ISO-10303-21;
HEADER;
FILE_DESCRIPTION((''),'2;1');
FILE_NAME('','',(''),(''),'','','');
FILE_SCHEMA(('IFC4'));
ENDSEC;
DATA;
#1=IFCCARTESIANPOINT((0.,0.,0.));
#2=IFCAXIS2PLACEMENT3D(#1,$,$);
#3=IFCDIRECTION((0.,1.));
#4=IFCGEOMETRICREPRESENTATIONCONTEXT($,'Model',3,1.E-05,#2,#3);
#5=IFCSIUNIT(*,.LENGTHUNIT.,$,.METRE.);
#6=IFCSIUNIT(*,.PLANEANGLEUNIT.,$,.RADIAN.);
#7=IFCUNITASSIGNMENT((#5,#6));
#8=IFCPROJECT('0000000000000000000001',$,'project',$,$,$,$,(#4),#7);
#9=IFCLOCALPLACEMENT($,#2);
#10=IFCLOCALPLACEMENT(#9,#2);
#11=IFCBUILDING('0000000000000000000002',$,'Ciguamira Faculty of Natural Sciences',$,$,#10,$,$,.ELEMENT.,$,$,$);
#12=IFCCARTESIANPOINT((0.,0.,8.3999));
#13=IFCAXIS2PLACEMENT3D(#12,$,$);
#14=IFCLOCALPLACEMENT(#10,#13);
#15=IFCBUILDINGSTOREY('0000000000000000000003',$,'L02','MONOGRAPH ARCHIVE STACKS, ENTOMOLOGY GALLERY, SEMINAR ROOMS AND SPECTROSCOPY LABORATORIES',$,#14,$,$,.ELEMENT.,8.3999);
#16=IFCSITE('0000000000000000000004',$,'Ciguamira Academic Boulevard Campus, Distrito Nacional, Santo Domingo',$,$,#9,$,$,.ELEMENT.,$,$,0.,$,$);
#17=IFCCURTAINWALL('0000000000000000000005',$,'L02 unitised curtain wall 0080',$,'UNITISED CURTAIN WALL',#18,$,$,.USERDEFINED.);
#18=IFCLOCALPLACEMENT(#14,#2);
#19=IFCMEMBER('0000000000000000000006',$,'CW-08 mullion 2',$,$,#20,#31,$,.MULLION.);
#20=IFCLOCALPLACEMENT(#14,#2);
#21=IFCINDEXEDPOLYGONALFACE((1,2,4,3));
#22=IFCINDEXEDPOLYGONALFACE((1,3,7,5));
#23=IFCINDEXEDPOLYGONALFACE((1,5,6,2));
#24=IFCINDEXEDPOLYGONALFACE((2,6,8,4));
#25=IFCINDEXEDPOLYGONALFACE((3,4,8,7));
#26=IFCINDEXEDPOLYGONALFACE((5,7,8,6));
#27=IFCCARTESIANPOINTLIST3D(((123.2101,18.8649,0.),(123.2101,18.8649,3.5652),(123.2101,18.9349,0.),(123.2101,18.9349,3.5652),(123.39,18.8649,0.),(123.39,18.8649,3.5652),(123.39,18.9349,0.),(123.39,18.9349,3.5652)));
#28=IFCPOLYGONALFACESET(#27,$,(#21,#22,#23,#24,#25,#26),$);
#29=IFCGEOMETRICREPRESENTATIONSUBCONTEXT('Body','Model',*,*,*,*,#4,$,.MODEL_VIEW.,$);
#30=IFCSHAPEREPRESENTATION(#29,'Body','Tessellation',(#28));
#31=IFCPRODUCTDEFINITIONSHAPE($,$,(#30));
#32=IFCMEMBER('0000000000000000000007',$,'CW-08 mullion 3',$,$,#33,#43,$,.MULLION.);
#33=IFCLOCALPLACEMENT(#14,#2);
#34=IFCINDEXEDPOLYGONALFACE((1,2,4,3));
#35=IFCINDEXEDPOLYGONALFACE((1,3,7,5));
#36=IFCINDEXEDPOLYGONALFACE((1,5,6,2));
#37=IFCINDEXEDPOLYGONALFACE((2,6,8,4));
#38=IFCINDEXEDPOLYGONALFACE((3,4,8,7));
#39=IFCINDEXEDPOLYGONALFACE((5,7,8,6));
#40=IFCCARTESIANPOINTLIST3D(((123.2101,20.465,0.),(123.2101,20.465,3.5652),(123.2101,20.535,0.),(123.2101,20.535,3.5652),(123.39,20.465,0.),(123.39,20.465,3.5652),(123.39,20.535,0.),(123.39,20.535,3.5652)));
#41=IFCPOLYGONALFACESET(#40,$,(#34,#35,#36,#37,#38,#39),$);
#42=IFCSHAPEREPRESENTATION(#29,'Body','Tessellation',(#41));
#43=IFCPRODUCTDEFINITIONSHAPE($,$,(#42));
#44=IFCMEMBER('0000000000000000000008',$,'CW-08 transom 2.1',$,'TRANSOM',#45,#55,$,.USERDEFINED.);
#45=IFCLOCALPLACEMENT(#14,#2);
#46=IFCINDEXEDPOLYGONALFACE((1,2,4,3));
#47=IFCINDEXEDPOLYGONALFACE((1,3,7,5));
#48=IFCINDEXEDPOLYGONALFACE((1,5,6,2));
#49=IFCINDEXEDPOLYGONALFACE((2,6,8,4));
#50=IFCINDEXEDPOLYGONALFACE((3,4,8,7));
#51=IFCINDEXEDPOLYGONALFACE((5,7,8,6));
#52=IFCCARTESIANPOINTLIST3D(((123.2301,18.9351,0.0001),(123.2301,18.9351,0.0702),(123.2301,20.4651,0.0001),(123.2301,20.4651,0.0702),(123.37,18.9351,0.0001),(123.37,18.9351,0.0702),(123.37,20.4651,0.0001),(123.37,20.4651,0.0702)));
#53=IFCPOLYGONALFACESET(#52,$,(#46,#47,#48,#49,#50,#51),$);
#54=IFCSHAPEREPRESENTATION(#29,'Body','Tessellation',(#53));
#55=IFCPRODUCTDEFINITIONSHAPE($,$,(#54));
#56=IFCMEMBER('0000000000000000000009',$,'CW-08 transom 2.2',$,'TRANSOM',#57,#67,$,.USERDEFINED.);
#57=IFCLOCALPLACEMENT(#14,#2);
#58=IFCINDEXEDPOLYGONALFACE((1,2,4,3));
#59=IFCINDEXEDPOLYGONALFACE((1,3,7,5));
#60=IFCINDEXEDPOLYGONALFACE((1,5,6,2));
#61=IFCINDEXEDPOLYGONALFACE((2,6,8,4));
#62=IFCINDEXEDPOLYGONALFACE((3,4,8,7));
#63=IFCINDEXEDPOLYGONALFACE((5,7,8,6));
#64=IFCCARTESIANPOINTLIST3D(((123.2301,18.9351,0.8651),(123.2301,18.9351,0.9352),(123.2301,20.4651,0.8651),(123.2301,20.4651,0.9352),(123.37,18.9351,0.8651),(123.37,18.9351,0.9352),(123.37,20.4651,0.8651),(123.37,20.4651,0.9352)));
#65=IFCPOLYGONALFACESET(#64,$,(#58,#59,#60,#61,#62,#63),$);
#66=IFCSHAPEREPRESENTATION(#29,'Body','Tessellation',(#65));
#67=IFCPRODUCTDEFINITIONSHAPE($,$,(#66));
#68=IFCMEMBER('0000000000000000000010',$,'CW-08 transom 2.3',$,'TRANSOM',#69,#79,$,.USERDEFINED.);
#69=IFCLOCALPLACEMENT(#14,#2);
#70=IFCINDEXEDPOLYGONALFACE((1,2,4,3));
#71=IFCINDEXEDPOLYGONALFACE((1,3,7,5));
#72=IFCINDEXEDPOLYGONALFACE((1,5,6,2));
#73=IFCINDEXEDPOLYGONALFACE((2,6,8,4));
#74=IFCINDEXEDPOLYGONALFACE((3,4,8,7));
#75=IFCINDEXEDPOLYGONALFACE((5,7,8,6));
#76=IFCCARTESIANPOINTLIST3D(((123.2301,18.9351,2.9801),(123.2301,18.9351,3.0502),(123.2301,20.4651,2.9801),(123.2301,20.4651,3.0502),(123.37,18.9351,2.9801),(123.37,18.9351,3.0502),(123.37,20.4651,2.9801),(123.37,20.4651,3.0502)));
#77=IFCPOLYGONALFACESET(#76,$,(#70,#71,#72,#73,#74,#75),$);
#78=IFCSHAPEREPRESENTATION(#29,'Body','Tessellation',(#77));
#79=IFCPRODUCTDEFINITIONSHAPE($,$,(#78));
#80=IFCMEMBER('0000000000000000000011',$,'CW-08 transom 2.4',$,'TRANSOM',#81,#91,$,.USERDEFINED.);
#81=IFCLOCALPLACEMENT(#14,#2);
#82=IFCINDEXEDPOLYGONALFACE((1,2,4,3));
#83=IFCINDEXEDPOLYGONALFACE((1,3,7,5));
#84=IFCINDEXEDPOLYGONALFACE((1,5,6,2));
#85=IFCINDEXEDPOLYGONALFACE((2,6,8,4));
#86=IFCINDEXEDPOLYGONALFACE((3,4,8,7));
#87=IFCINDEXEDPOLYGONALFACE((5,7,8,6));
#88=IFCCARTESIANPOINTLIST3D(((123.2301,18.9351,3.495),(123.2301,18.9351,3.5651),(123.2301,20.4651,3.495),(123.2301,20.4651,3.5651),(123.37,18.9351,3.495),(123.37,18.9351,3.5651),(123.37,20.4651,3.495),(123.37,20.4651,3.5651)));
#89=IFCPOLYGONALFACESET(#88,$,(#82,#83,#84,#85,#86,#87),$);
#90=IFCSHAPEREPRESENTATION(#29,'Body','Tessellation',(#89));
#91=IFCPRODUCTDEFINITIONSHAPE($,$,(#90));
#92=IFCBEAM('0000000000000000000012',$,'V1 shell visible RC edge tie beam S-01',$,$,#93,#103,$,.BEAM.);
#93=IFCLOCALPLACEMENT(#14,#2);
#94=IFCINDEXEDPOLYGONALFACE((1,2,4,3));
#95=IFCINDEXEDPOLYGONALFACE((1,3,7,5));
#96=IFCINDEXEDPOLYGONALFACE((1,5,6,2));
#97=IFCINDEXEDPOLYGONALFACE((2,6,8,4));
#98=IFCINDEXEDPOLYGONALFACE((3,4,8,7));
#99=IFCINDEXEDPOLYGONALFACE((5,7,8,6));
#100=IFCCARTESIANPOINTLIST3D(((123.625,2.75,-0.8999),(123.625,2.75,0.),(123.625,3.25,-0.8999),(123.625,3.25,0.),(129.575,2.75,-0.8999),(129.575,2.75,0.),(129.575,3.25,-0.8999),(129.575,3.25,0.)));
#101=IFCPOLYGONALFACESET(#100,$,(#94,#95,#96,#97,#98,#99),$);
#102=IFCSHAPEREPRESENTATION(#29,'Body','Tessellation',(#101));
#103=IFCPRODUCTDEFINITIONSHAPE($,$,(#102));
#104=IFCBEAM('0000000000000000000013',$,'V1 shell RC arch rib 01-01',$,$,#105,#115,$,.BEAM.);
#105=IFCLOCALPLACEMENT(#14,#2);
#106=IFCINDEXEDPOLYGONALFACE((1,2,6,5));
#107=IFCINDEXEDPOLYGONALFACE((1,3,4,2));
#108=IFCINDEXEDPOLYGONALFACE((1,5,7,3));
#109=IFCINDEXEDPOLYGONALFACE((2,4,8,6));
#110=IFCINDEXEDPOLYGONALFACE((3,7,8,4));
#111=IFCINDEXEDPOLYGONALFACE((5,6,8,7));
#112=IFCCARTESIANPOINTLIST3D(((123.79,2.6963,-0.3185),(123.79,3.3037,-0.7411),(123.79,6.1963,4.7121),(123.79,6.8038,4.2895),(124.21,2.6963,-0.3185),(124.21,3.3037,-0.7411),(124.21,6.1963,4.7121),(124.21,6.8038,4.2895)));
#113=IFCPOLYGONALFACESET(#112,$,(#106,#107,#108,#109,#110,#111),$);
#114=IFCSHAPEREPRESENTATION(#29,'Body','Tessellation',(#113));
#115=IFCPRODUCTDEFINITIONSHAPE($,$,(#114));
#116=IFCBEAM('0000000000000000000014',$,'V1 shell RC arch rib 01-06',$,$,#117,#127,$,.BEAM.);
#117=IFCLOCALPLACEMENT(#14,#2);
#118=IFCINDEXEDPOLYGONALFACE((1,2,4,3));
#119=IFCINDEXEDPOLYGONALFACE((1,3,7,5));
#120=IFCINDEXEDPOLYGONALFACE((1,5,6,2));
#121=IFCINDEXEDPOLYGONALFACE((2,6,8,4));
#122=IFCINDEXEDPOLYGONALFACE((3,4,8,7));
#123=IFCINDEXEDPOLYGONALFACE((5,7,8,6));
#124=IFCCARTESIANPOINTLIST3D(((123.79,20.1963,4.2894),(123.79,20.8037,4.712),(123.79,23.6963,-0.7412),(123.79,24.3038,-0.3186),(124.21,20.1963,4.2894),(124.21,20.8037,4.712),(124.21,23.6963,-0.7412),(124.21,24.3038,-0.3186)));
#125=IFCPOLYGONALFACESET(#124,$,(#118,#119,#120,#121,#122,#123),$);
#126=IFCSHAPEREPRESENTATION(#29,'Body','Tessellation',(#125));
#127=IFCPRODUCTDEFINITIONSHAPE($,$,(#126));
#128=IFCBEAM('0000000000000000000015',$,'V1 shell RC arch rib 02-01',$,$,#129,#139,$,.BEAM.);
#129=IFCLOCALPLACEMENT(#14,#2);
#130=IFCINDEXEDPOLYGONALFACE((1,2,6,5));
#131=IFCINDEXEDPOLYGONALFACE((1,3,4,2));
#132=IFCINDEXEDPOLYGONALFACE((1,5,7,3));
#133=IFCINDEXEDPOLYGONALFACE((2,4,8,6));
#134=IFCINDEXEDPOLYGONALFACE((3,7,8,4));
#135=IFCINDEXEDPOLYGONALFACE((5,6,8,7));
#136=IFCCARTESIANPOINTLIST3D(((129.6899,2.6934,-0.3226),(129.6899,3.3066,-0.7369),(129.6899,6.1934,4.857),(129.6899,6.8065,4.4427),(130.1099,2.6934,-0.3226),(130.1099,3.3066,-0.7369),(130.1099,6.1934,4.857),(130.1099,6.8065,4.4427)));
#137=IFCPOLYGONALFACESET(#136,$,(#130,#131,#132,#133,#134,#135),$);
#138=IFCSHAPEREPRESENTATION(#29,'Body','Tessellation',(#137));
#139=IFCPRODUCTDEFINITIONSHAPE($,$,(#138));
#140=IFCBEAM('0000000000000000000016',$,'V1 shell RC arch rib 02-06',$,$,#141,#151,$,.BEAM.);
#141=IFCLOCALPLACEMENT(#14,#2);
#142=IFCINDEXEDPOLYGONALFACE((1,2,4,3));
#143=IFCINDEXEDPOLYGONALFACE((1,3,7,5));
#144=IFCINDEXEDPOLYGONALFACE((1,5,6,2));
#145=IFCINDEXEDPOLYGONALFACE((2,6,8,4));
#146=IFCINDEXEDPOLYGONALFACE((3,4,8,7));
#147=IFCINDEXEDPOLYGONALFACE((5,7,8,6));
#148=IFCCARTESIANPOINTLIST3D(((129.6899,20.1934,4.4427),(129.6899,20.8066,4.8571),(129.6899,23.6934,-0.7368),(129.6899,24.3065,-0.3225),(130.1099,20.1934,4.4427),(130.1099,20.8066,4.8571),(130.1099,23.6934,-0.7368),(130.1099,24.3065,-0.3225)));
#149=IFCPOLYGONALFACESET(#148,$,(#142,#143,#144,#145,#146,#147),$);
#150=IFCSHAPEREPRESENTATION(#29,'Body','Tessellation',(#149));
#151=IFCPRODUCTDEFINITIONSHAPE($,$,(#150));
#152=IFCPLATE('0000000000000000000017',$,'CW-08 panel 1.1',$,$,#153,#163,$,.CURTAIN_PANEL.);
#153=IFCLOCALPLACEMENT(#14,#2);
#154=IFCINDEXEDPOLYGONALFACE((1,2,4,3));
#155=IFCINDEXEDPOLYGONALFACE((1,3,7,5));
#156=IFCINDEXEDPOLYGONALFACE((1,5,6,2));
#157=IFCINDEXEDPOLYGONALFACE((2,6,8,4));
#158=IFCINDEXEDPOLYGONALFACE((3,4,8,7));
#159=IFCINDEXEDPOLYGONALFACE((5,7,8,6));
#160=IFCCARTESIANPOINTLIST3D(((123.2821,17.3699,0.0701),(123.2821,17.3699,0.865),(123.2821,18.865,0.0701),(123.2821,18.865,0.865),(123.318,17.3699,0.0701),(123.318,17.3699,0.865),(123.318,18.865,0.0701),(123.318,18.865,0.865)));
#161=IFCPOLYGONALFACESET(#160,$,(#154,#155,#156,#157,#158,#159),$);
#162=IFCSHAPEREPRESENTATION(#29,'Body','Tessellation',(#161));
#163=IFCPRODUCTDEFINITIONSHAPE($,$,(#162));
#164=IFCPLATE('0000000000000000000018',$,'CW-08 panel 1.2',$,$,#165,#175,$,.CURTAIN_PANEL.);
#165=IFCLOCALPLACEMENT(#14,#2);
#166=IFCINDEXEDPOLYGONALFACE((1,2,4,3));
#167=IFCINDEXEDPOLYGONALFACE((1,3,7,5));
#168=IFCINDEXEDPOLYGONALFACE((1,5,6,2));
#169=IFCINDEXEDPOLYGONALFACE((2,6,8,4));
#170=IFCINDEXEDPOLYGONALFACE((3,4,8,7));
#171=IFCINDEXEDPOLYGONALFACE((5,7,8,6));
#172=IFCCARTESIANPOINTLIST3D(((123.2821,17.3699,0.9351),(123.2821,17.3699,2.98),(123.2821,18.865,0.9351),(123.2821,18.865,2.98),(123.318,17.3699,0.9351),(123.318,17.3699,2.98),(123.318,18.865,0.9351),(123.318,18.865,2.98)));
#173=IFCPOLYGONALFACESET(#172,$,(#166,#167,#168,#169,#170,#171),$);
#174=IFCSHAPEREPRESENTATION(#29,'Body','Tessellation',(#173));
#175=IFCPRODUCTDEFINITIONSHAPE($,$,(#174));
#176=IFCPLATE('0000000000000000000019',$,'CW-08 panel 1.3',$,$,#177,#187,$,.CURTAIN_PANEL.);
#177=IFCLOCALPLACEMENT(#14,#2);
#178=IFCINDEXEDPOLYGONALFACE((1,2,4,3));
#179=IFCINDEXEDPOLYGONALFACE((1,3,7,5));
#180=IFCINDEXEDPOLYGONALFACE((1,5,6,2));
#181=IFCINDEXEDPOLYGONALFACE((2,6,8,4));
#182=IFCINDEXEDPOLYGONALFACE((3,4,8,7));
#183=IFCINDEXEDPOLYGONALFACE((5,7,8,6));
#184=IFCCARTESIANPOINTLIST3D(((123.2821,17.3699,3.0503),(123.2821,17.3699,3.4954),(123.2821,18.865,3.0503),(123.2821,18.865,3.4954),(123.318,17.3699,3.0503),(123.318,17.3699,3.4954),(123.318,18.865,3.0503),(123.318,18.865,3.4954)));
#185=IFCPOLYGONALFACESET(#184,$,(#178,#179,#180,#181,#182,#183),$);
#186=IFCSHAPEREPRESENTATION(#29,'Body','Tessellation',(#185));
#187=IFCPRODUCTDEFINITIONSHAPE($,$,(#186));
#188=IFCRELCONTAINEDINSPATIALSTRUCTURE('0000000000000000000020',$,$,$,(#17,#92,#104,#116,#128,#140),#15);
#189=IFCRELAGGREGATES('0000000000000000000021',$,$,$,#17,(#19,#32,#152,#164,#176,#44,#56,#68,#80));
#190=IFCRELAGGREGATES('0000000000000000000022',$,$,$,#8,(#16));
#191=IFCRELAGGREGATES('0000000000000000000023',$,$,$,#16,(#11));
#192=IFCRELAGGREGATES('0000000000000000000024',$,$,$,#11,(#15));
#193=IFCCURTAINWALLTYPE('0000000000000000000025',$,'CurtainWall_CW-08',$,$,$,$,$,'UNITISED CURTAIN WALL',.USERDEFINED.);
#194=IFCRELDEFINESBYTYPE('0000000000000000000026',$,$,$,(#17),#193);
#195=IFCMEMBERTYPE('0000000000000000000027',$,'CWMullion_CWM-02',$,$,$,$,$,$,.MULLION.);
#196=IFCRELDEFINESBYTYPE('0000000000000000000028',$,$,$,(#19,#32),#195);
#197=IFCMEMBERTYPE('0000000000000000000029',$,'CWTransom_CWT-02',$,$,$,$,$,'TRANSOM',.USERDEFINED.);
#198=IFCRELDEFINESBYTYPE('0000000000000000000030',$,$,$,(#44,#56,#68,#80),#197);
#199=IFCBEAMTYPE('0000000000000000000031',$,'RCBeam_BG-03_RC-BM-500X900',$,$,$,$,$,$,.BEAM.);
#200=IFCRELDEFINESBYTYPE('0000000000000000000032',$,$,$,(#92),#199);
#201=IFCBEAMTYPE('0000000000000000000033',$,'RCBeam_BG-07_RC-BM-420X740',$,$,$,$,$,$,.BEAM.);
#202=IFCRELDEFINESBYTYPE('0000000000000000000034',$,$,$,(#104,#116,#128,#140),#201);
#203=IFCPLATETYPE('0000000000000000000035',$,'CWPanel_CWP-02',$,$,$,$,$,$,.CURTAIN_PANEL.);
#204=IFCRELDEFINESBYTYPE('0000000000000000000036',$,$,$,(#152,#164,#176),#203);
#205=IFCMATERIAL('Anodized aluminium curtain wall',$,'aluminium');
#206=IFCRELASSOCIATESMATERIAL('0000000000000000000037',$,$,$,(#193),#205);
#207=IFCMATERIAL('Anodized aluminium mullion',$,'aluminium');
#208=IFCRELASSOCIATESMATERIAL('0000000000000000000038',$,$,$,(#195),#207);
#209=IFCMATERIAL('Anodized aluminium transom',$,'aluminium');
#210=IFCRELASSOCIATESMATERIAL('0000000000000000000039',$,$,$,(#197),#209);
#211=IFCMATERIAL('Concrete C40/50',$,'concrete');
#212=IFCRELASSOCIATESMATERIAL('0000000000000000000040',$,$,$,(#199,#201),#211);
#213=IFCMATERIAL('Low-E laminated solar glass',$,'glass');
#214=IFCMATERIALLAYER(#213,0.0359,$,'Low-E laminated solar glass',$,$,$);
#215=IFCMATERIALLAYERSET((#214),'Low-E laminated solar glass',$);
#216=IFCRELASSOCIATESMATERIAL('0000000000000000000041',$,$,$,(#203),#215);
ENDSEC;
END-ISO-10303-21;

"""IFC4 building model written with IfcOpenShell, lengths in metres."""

from ifc_helpers import new_model, si_unit, direction, frame, origin, origin_2d, place, context, subcontext, project, spatial, rectangle, extrude, material, layer, layer_set, material_profile, profile_set, type_object, element, aggregate, save


model = new_model("IFC4")

# Units and contexts
model_context = context("Model", 3, precision=1e-05, world=origin(), true_north=direction((0.0, 1.0)))
body_context = subcontext(model_context, "Body", "Model", "MODEL_VIEW")
ifc_project = project(units=[si_unit("LENGTHUNIT", "METRE"), si_unit("PLANEANGLEUNIT", "RADIAN")], contexts=[model_context])

# Site, building, storey
site_placement = place(None, origin())
site = spatial("IfcSite", under=ifc_project, at=site_placement, Name="Ciguamira Academic Boulevard Campus, Distrito Nacional, Santo Domingo", CompositionType="ELEMENT", RefElevation=0.0)
building_placement = place(site_placement, origin())
building = spatial("IfcBuilding", under=site, at=building_placement, Name="Ciguamira Faculty of Natural Sciences", CompositionType="ELEMENT")
storey_placement = place(building_placement, frame((0.0, 0.0, 8.3999)))
storey = spatial("IfcBuildingStorey", under=building, at=storey_placement, Name="L02", Description="MONOGRAPH ARCHIVE STACKS, ENTOMOLOGY GALLERY, SEMINAR ROOMS AND SPECTROSCOPY LABORATORIES", CompositionType="ELEMENT", Elevation=8.3999)

# Curtain wall, members
ifc_material_1 = material(Name="Anodized aluminium curtain wall", Category="aluminium")
curtain_wall_type = type_object("IfcCurtainWallType", Name="CurtainWall_CW-08", ElementType="UNITISED CURTAIN WALL", PredefinedType="USERDEFINED", material=ifc_material_1)
curtain_wall_placement = place(storey_placement, origin())
curtain_wall = element("IfcCurtainWall", 1, at=curtain_wall_placement, inside=storey, type_object=curtain_wall_type, Name="L02 unitised curtain wall 0080", ObjectType="UNITISED CURTAIN WALL", PredefinedType="USERDEFINED")
ifc_material_2 = material(Name="Anodized aluminium mullion", Category="aluminium")
ifc_material_profile_1 = material_profile(ifc_material_2, rectangle(XDim=0.0701, YDim=0.1799, at=origin_2d()), Name="ALU-MUL-70X180")
ifc_profile_set_1 = profile_set([ifc_material_profile_1], Name="Anodized aluminium mullion")
member_type_1 = type_object("IfcMemberType", Name="CWMullion_CWM-02", PredefinedType="MULLION", material=ifc_profile_set_1)
member_1_placement = place(storey_placement, frame((123.3, 18.8999, 0.0), z_axis=(0.0, 0.0, 1.0), x_axis=(0.0, 1.0, 0.0)))
member_1 = element("IfcMember", 2, at=member_1_placement, type_object=member_type_1, Name="CW-08 mullion 2", PredefinedType="MULLION", context=body_context, shape_type="SweptSolid", body=[
    extrude(rectangle(XDim=0.0701, YDim=0.1799, at=origin_2d()), origin(), (0.0, 0.0, 1.0), 3.5652),
])
member_2_placement = place(storey_placement, frame((123.3, 20.5, 0.0), z_axis=(0.0, 0.0, 1.0), x_axis=(0.0, 1.0, 0.0)))
member_2 = element("IfcMember", 3, at=member_2_placement, type_object=member_type_1, Name="CW-08 mullion 3", PredefinedType="MULLION", context=body_context, shape_type="SweptSolid", body=[
    extrude(rectangle(XDim=0.0701, YDim=0.1799, at=origin_2d()), origin(), (0.0, 0.0, 1.0), 3.5652),
])
ifc_material_3 = material(Name="Anodized aluminium transom", Category="aluminium")
ifc_material_profile_2 = material_profile(ifc_material_3, rectangle(XDim=0.0701, YDim=0.1399, at=origin_2d()), Name="ALU-TRN-70X140")
ifc_profile_set_2 = profile_set([ifc_material_profile_2], Name="Anodized aluminium transom")
member_type_2 = type_object("IfcMemberType", Name="CWTransom_CWT-02", ElementType="TRANSOM", PredefinedType="USERDEFINED", material=ifc_profile_set_2)
member_3_placement = place(storey_placement, frame((123.3, 18.9351, 0.0352), z_axis=(0.0, 1.0, 0.0), x_axis=(0.0, 0.0, 1.0)))
member_3 = element("IfcMember", 4, at=member_3_placement, type_object=member_type_2, Name="CW-08 transom 2.1", ObjectType="TRANSOM", PredefinedType="USERDEFINED", context=body_context, shape_type="SweptSolid", body=[
    extrude(rectangle(XDim=0.0701, YDim=0.1399, at=origin_2d()), origin(), (0.0, 0.0, 1.0), 1.53),
])
member_4_placement = place(storey_placement, frame((123.3, 18.9351, 0.9001), z_axis=(0.0, 1.0, 0.0), x_axis=(0.0, 0.0, 1.0)))
member_4 = element("IfcMember", 5, at=member_4_placement, type_object=member_type_2, Name="CW-08 transom 2.2", ObjectType="TRANSOM", PredefinedType="USERDEFINED", context=body_context, shape_type="SweptSolid", body=[
    extrude(rectangle(XDim=0.0701, YDim=0.1399, at=origin_2d()), origin(), (0.0, 0.0, 1.0), 1.53),
])
member_5_placement = place(storey_placement, frame((123.3, 18.9351, 3.0151), z_axis=(0.0, 1.0, 0.0), x_axis=(0.0, 0.0, 1.0)))
member_5 = element("IfcMember", 6, at=member_5_placement, type_object=member_type_2, Name="CW-08 transom 2.3", ObjectType="TRANSOM", PredefinedType="USERDEFINED", context=body_context, shape_type="SweptSolid", body=[
    extrude(rectangle(XDim=0.0701, YDim=0.1399, at=origin_2d()), origin(), (0.0, 0.0, 1.0), 1.53),
])
member_6_placement = place(storey_placement, frame((123.3, 18.9351, 3.53), z_axis=(0.0, 1.0, 0.0), x_axis=(0.0, 0.0, 1.0)))
member_6 = element("IfcMember", 7, at=member_6_placement, type_object=member_type_2, Name="CW-08 transom 2.4", ObjectType="TRANSOM", PredefinedType="USERDEFINED", context=body_context, shape_type="SweptSolid", body=[
    extrude(rectangle(XDim=0.0701, YDim=0.1399, at=origin_2d()), origin(), (0.0, 0.0, 1.0), 1.53),
])

# Beams
ifc_material_4 = material(Name="Concrete C40/50", Category="concrete")
ifc_material_profile_3 = material_profile(ifc_material_4, rectangle(XDim=0.5, YDim=0.8999, at=origin_2d()), Name="RC-BM-500X900")
ifc_profile_set_3 = profile_set([ifc_material_profile_3], Name="Concrete C40/50")
beam_type_1 = type_object("IfcBeamType", Name="RCBeam_BG-03_RC-BM-500X900", PredefinedType="BEAM", material=ifc_profile_set_3)
beam_placement = place(storey_placement, frame((123.625, 3.0, -0.45), z_axis=(1.0, 0.0, 0.0), x_axis=(0.0, 1.0, 0.0)))
element("IfcBeam", 8, at=beam_placement, inside=storey, type_object=beam_type_1, Name="V1 shell visible RC edge tie beam S-01", PredefinedType="BEAM", context=body_context, shape_type="SweptSolid", body=[
    extrude(rectangle(XDim=0.5, YDim=0.8999, at=origin_2d()), origin(), (0.0, 0.0, 1.0), 5.95),
])
ifc_material_profile_4 = material_profile(ifc_material_4, rectangle(XDim=0.4199, YDim=0.74, at=origin_2d()), Name="RC-BM-420X740")
ifc_profile_set_4 = profile_set([ifc_material_profile_4], Name="Concrete C40/50")
beam_type_2 = type_object("IfcBeamType", Name="RCBeam_BG-07_RC-BM-420X740", PredefinedType="BEAM", material=ifc_profile_set_4)
for number, where, z_axis, x_axis, name in (
    (9, (124.0, 3.0, -0.5298), (0.0, 0.571121, 0.820866), (-1.0, 0.0, 0.0), "V1 shell RC arch rib 01-01"),
    (10, (124.0, 20.5, 4.5007), (0.0, 0.571121, -0.820866), (-1.0, 0.0, 0.0), "V1 shell RC arch rib 01-06"),
):
    element("IfcBeam", number, at=place(storey_placement, frame(where, z_axis=z_axis, x_axis=x_axis)), inside=storey, type_object=beam_type_2, Name=name, PredefinedType="BEAM", context=body_context, shape_type="SweptSolid", body=[
        extrude(rectangle(XDim=0.4199, YDim=0.74, at=origin_2d()), origin(), (0.0, 0.0, 1.0), 6.1284),
    ])
for number, where, z_axis, x_axis, name in (
    (11, (129.8999, 3.0, -0.5298), (0.0, 0.559881, 0.828573), (-1.0, 0.0, 0.0), "V1 shell RC arch rib 02-01"),
    (12, (129.8999, 20.5, 4.6499), (0.0, 0.559881, -0.828573), (-1.0, 0.0, 0.0), "V1 shell RC arch rib 02-06"),
):
    element("IfcBeam", number, at=place(storey_placement, frame(where, z_axis=z_axis, x_axis=x_axis)), inside=storey, type_object=beam_type_2, Name=name, PredefinedType="BEAM", context=body_context, shape_type="SweptSolid", body=[
        extrude(rectangle(XDim=0.4199, YDim=0.74, at=origin_2d()), origin(), (0.0, 0.0, 1.0), 6.2512),
    ])

# Plates
ifc_material_5 = material(Name="Low-E laminated solar glass", Category="glass")
ifc_layer_1 = layer(ifc_material_5, 0.0359, Name="Low-E laminated solar glass")
ifc_layer_set_1 = layer_set([ifc_layer_1], Name="Low-E laminated solar glass")
plate_type = type_object("IfcPlateType", Name="CWPanel_CWP-02", PredefinedType="CURTAIN_PANEL", material=ifc_layer_set_1)
plate_1_placement = place(storey_placement, frame((123.3, 18.1174, 0.0701), z_axis=(0.0, 0.0, 1.0), x_axis=(0.0, 1.0, 0.0)))
plate_1 = element("IfcPlate", 13, at=plate_1_placement, type_object=plate_type, Name="CW-08 panel 1.1", PredefinedType="CURTAIN_PANEL", context=body_context, shape_type="SweptSolid", body=[
    extrude(rectangle(XDim=1.4951, YDim=0.0359, at=origin_2d()), origin(), (0.0, 0.0, 1.0), 0.7949),
])
plate_2_placement = place(storey_placement, frame((123.3, 18.1174, 0.9351), z_axis=(0.0, 0.0, 1.0), x_axis=(0.0, 1.0, 0.0)))
plate_2 = element("IfcPlate", 14, at=plate_2_placement, type_object=plate_type, Name="CW-08 panel 1.2", PredefinedType="CURTAIN_PANEL", context=body_context, shape_type="SweptSolid", body=[
    extrude(rectangle(XDim=1.4951, YDim=0.0359, at=origin_2d()), origin(), (0.0, 0.0, 1.0), 2.0449),
])
plate_3_placement = place(storey_placement, frame((123.3, 18.1174, 3.0503), z_axis=(0.0, 0.0, 1.0), x_axis=(0.0, 1.0, 0.0)))
plate_3 = element("IfcPlate", 15, at=plate_3_placement, type_object=plate_type, Name="CW-08 panel 1.3", PredefinedType="CURTAIN_PANEL", context=body_context, shape_type="SweptSolid", body=[
    extrude(rectangle(XDim=1.4951, YDim=0.0359, at=origin_2d()), origin(), (0.0, 0.0, 1.0), 0.4451),
])
aggregate(curtain_wall, [member_1, member_2, plate_1, plate_2, plate_3, member_3, member_4, member_5, member_6])

save(model, "model.ifc")
